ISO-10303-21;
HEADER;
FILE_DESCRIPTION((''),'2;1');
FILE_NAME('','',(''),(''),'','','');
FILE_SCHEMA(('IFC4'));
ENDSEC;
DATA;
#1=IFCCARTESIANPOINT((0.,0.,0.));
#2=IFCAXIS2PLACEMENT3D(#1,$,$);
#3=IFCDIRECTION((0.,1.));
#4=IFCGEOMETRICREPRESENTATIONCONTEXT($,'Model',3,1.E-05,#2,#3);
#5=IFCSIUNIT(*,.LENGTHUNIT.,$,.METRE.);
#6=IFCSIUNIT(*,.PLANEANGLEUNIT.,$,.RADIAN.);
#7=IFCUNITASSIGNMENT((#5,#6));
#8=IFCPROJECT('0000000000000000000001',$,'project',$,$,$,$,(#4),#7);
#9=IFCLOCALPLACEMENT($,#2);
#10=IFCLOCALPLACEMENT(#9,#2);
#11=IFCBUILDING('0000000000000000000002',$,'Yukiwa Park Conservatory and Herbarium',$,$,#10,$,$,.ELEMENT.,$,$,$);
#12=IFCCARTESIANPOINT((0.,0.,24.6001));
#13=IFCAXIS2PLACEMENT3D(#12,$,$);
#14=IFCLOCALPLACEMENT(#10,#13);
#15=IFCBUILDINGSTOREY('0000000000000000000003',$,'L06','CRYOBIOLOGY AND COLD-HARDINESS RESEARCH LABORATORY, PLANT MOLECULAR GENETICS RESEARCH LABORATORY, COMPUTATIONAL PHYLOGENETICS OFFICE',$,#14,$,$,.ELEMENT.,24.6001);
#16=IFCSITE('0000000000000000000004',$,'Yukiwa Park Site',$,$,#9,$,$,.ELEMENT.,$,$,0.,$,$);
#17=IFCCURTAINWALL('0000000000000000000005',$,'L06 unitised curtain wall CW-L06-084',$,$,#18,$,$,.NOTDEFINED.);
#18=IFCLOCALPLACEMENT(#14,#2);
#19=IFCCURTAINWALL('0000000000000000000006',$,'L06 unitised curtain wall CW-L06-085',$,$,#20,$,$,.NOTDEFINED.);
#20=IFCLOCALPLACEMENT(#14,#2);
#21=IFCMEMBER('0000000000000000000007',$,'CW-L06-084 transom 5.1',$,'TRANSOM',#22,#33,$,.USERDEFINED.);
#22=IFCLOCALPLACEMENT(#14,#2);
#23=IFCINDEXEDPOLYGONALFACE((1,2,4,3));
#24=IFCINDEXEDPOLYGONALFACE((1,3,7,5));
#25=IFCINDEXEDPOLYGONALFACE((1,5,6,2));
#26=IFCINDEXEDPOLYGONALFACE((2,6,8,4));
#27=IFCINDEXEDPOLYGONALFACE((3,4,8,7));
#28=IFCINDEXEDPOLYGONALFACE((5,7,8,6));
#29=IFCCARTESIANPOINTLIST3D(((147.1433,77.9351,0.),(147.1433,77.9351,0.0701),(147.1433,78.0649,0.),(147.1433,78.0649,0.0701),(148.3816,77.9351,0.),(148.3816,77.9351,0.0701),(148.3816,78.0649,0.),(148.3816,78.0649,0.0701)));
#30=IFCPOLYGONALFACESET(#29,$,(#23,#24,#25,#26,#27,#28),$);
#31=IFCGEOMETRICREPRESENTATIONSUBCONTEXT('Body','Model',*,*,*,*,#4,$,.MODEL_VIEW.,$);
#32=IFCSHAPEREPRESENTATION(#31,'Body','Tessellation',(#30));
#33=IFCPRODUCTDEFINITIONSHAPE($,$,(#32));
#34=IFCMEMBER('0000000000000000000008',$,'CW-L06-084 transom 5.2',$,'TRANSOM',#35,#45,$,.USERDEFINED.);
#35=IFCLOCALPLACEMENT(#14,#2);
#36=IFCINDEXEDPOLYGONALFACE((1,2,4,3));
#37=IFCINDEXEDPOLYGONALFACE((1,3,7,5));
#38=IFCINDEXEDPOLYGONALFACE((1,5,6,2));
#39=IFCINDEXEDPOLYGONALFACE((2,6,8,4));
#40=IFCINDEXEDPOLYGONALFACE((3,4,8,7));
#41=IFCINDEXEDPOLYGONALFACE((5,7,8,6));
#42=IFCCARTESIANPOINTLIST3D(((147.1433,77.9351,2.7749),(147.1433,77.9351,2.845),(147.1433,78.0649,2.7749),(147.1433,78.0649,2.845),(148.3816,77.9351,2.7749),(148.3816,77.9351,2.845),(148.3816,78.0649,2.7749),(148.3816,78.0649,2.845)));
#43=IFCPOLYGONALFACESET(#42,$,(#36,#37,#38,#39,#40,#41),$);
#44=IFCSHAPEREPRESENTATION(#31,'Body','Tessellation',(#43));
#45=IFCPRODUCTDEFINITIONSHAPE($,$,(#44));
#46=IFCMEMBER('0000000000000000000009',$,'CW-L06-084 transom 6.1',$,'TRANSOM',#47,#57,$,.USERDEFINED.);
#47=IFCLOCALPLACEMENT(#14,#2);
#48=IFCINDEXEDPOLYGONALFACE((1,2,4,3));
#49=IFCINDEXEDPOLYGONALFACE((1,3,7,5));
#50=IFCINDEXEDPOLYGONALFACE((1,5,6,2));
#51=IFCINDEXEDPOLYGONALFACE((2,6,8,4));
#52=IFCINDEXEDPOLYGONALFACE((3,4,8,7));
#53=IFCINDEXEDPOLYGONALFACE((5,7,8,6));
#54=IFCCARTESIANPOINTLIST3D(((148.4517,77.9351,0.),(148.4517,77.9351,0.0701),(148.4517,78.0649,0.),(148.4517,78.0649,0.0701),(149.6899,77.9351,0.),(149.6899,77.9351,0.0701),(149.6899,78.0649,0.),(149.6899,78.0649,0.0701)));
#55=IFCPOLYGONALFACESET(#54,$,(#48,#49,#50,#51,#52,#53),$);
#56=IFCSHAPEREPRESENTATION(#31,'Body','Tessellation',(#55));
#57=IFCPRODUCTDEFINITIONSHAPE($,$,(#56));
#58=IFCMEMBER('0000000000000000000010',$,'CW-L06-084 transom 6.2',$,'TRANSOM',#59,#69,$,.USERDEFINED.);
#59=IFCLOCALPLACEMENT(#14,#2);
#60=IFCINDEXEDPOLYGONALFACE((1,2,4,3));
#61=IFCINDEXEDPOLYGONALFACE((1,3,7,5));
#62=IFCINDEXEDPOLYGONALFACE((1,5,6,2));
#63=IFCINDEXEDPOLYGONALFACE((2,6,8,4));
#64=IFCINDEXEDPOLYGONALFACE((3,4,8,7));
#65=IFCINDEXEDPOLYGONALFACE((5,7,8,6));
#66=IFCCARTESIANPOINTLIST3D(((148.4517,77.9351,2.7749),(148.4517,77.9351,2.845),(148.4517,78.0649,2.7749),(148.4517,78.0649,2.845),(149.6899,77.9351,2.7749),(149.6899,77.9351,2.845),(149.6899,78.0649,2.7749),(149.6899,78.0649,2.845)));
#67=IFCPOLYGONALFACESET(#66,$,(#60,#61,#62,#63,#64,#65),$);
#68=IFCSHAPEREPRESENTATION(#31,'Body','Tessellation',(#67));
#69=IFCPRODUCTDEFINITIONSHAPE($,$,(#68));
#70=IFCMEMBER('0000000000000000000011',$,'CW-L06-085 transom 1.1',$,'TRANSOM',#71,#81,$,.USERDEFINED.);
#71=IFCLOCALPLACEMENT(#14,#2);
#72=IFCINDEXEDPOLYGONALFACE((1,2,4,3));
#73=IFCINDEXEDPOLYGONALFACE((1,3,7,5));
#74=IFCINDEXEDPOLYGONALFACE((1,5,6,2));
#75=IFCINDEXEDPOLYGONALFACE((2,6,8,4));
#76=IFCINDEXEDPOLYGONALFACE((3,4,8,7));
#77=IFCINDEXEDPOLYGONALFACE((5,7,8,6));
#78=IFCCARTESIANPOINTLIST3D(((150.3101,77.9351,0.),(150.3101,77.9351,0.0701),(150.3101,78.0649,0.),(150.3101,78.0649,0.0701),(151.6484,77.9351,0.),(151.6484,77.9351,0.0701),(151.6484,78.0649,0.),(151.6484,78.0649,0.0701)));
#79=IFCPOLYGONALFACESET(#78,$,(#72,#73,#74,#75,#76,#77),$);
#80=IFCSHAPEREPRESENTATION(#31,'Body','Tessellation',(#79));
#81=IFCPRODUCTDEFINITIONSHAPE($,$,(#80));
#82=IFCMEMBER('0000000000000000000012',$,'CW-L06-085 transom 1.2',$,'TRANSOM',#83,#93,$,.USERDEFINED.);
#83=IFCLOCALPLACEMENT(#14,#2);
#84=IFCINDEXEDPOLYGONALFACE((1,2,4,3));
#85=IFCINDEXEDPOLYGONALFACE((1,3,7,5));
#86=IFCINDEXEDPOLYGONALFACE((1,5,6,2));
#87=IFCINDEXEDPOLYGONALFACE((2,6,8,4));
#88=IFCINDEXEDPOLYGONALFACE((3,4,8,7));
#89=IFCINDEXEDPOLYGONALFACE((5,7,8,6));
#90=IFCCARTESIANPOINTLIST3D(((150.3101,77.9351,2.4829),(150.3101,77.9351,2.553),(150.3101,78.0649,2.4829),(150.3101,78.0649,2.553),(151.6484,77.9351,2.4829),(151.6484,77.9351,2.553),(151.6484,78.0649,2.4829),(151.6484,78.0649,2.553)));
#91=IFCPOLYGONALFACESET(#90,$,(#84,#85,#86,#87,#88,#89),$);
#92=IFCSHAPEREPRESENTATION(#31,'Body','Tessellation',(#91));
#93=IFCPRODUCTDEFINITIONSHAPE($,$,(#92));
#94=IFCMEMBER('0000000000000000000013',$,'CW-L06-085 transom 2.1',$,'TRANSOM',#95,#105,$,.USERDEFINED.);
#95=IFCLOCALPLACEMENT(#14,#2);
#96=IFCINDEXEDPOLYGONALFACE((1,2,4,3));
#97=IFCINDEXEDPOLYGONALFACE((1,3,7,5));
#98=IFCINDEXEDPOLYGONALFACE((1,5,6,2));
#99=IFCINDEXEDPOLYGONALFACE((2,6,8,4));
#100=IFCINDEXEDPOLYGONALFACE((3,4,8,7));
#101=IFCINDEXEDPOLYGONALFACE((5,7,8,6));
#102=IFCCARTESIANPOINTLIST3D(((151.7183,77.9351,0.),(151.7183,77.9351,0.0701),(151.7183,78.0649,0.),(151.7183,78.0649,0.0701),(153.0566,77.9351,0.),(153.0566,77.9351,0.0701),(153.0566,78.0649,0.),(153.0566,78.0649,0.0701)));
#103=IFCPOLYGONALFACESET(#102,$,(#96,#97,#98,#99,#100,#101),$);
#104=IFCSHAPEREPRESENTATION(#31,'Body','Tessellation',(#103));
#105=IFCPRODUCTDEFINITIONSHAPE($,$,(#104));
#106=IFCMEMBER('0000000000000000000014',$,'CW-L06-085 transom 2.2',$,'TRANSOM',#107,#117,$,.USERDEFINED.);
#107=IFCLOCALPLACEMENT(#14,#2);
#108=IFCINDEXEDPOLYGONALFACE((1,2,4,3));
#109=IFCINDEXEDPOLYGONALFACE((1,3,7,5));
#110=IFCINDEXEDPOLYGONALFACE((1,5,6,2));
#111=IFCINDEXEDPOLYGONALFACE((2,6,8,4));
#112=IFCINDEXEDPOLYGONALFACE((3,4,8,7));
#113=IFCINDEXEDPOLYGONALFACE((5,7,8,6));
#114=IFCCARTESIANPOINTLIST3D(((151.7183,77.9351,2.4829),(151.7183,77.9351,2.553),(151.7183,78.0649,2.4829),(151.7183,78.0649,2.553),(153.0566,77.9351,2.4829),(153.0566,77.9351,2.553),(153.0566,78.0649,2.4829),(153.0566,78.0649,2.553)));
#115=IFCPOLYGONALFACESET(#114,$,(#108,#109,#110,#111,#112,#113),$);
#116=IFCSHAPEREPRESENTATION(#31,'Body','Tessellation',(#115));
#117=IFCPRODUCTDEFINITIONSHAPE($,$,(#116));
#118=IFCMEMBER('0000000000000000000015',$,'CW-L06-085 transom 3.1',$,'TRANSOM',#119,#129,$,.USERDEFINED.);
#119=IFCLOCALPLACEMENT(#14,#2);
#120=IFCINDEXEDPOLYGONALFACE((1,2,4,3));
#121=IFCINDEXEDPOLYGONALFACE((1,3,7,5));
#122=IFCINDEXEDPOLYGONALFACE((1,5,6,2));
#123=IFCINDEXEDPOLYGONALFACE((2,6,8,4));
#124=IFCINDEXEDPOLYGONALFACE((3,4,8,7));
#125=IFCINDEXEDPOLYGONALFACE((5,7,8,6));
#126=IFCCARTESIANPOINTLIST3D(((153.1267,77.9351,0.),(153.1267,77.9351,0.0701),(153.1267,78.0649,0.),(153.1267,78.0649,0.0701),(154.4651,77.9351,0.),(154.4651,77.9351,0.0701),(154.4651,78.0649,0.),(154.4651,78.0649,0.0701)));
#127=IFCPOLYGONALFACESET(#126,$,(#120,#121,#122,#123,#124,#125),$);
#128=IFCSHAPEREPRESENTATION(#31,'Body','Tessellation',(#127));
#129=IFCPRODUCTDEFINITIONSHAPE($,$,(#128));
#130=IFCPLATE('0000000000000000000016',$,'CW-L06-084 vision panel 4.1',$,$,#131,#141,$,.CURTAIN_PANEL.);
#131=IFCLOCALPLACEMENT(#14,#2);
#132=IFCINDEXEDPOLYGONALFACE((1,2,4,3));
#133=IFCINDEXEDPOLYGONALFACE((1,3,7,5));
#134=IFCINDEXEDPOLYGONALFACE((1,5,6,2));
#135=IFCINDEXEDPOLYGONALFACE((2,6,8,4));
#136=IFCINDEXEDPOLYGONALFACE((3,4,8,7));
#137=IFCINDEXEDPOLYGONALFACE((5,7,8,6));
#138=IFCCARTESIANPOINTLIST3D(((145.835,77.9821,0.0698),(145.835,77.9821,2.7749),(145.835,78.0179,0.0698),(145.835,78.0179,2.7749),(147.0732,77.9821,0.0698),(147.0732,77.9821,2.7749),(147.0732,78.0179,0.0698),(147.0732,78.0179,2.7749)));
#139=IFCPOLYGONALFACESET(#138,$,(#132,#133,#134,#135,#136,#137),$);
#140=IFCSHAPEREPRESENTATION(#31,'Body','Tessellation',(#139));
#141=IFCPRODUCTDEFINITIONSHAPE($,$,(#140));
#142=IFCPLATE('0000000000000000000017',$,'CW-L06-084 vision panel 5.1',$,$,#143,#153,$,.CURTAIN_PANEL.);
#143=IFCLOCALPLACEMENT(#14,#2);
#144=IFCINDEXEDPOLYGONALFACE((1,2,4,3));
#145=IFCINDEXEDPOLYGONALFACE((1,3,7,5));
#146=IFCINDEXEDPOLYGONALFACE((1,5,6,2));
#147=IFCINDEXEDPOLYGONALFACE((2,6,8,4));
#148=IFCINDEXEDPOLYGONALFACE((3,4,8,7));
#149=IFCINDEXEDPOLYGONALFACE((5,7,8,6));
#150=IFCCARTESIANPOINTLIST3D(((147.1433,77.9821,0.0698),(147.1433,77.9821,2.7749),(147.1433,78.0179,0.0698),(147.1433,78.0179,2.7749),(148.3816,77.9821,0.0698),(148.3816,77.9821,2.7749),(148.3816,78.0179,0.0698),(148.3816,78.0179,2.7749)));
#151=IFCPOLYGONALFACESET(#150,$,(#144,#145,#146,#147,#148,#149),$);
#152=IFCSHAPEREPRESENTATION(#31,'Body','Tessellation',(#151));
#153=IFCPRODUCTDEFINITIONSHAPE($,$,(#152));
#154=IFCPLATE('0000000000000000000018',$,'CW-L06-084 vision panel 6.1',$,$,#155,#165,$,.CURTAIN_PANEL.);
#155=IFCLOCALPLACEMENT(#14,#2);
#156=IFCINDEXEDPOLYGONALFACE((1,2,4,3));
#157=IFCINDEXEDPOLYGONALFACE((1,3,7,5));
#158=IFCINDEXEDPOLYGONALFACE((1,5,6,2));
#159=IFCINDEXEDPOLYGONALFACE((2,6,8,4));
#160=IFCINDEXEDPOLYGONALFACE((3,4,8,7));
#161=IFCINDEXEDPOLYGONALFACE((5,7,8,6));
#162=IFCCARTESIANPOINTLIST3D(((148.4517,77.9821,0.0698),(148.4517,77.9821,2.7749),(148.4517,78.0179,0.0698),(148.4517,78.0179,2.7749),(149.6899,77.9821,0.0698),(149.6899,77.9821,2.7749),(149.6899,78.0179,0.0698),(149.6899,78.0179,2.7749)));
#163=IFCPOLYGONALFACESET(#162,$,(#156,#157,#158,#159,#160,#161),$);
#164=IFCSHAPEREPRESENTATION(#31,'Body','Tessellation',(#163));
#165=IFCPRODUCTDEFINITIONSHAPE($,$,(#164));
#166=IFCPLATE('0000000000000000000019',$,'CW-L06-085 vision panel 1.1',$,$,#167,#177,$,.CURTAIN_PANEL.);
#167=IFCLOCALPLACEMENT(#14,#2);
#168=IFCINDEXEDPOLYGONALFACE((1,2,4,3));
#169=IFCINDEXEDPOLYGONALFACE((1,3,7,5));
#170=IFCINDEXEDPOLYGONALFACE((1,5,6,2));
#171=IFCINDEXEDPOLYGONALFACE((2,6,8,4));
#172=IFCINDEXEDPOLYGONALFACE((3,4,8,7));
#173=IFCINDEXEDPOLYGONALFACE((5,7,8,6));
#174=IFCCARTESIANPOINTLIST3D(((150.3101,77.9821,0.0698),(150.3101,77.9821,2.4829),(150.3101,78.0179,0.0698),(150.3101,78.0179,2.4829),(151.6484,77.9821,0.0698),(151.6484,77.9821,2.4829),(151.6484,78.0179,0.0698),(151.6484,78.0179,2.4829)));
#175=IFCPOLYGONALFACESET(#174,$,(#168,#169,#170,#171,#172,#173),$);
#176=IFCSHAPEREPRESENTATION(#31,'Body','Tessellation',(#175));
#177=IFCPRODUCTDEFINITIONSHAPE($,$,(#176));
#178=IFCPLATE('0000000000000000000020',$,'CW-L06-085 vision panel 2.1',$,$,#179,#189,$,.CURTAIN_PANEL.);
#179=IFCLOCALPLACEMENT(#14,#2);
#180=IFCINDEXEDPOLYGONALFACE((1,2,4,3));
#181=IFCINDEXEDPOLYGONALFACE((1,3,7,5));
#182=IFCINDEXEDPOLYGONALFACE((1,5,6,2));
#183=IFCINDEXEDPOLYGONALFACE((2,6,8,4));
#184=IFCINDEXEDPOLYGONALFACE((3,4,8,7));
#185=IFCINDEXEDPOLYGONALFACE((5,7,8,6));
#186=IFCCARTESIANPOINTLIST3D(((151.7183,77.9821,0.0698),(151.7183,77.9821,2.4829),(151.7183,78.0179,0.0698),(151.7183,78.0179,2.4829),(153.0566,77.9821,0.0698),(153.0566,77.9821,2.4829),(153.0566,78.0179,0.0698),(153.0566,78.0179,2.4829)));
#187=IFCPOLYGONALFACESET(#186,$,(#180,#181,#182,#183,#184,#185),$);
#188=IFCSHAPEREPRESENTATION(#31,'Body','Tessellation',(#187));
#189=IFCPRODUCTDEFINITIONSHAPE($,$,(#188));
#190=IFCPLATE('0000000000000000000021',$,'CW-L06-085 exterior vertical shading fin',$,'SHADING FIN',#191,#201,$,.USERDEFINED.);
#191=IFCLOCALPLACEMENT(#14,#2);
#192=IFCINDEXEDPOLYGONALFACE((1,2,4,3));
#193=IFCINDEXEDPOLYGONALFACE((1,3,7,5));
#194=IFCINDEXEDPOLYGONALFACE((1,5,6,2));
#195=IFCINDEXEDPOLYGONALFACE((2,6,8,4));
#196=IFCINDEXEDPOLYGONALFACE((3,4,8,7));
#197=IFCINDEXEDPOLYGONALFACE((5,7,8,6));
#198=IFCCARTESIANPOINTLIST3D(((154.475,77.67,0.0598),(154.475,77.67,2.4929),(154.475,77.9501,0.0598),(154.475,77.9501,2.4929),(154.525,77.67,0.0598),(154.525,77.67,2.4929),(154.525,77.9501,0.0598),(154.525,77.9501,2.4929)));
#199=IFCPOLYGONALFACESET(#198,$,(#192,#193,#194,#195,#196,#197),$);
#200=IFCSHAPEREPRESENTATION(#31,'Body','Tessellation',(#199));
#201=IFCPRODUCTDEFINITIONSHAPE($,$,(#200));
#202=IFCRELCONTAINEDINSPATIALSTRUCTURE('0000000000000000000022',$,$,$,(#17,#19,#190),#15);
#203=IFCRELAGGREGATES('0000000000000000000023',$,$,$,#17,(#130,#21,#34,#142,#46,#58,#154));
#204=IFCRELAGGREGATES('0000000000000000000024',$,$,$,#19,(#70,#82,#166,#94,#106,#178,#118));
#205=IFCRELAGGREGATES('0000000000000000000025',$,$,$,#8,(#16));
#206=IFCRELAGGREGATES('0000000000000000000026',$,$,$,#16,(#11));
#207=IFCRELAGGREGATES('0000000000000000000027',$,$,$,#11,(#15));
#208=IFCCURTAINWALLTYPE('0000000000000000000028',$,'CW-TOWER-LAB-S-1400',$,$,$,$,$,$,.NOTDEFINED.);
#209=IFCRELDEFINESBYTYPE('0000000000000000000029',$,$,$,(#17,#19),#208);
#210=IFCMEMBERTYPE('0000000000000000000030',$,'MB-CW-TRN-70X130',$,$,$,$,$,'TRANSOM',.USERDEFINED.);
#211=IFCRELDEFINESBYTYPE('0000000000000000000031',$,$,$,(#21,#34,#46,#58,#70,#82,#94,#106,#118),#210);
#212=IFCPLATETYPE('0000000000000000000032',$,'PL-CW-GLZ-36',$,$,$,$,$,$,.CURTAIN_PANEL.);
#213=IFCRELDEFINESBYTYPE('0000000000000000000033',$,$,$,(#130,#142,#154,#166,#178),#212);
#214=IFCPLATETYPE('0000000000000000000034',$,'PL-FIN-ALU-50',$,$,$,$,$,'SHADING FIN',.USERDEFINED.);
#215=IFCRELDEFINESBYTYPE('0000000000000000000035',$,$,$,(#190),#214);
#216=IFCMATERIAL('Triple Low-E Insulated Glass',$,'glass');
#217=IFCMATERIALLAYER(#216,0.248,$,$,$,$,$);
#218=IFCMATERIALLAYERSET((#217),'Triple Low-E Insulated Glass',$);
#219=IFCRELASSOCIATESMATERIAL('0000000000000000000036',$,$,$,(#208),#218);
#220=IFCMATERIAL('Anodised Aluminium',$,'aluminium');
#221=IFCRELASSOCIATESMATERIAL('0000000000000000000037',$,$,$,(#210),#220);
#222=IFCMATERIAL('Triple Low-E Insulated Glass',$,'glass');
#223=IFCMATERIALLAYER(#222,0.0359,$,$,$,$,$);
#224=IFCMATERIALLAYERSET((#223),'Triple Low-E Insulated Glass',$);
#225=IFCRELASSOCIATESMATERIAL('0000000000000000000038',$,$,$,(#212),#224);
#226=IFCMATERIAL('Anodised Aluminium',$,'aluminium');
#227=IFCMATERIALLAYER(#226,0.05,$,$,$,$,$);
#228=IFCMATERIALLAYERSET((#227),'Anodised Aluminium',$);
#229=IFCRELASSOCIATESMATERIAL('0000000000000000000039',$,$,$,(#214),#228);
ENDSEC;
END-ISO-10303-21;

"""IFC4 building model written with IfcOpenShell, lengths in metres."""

from ifc_helpers import new_model, si_unit, direction, frame, origin, origin_2d, place, context, subcontext, project, spatial, rectangle, extrude, material, layer, layer_set, type_object, element, aggregate, save


model = new_model("IFC4")

# Units and contexts
model_context = context("Model", 3, precision=1e-05, world=origin(), true_north=direction((0.0, 1.0)))
body_context = subcontext(model_context, "Body", "Model", "MODEL_VIEW")
ifc_project = project(units=[si_unit("LENGTHUNIT", "METRE"), si_unit("PLANEANGLEUNIT", "RADIAN")], contexts=[model_context])

# Site, building, storey
site_placement = place(None, origin())
site = spatial("IfcSite", under=ifc_project, at=site_placement, Name="Yukiwa Park Site", CompositionType="ELEMENT", RefElevation=0.0)
building_placement = place(site_placement, origin())
building = spatial("IfcBuilding", under=site, at=building_placement, Name="Yukiwa Park Conservatory and Herbarium", CompositionType="ELEMENT")
storey_placement = place(building_placement, frame((0.0, 0.0, 24.6001)))
storey = spatial("IfcBuildingStorey", under=building, at=storey_placement, Name="L06", Description="CRYOBIOLOGY AND COLD-HARDINESS RESEARCH LABORATORY, PLANT MOLECULAR GENETICS RESEARCH LABORATORY, COMPUTATIONAL PHYLOGENETICS OFFICE", CompositionType="ELEMENT", Elevation=24.6001)

# Curtain walls
ifc_material_1 = material(Name="Triple Low-E Insulated Glass", Category="glass")
ifc_layer_1 = layer(ifc_material_1, 0.248)
ifc_layer_set_1 = layer_set([ifc_layer_1], Name="Triple Low-E Insulated Glass")
curtain_wall_type = type_object("IfcCurtainWallType", Name="CW-TOWER-LAB-S-1400", PredefinedType="NOTDEFINED", material=ifc_layer_set_1)
curtain_wall_1_placement = place(storey_placement, origin())
curtain_wall_1 = element("IfcCurtainWall", 1, at=curtain_wall_1_placement, inside=storey, type_object=curtain_wall_type, Name="L06 unitised curtain wall CW-L06-084", PredefinedType="NOTDEFINED")
curtain_wall_2_placement = place(storey_placement, origin())
curtain_wall_2 = element("IfcCurtainWall", 2, at=curtain_wall_2_placement, inside=storey, type_object=curtain_wall_type, Name="L06 unitised curtain wall CW-L06-085", PredefinedType="NOTDEFINED")

# Members
ifc_material_2 = material(Name="Anodised Aluminium", Category="aluminium")
member_type_1 = type_object("IfcMemberType", Name="MB-CW-TRN-70X130", ElementType="TRANSOM", PredefinedType="USERDEFINED", material=ifc_material_2)
member_1_placement = place(storey_placement, frame((147.7625, 78.0, 0.0), z_axis=(0.0, 0.0, 1.0), x_axis=(1.0, 0.0, 0.0)))
member_1 = element("IfcMember", 3, at=member_1_placement, type_object=member_type_1, Name="CW-L06-084 transom 5.1", ObjectType="TRANSOM", PredefinedType="USERDEFINED", context=body_context, shape_type="SweptSolid", body=[
    extrude(rectangle(XDim=1.2383, YDim=0.1299, at=origin_2d()), origin(), (0.0, 0.0, 1.0), 0.0701),
])
member_2_placement = place(storey_placement, frame((147.7625, 78.0, 2.7749), z_axis=(0.0, 0.0, 1.0), x_axis=(1.0, 0.0, 0.0)))
member_2 = element("IfcMember", 4, at=member_2_placement, type_object=member_type_1, Name="CW-L06-084 transom 5.2", ObjectType="TRANSOM", PredefinedType="USERDEFINED", context=body_context, shape_type="SweptSolid", body=[
    extrude(rectangle(XDim=1.2383, YDim=0.1299, at=origin_2d()), origin(), (0.0, 0.0, 1.0), 0.0701),
])
member_3_placement = place(storey_placement, frame((149.0708, 78.0, 0.0), z_axis=(0.0, 0.0, 1.0), x_axis=(1.0, 0.0, 0.0)))
member_3 = element("IfcMember", 5, at=member_3_placement, type_object=member_type_1, Name="CW-L06-084 transom 6.1", ObjectType="TRANSOM", PredefinedType="USERDEFINED", context=body_context, shape_type="SweptSolid", body=[
    extrude(rectangle(XDim=1.2383, YDim=0.1299, at=origin_2d()), origin(), (0.0, 0.0, 1.0), 0.0701),
])
member_4_placement = place(storey_placement, frame((149.0708, 78.0, 2.7749), z_axis=(0.0, 0.0, 1.0), x_axis=(1.0, 0.0, 0.0)))
member_4 = element("IfcMember", 6, at=member_4_placement, type_object=member_type_1, Name="CW-L06-084 transom 6.2", ObjectType="TRANSOM", PredefinedType="USERDEFINED", context=body_context, shape_type="SweptSolid", body=[
    extrude(rectangle(XDim=1.2383, YDim=0.1299, at=origin_2d()), origin(), (0.0, 0.0, 1.0), 0.0701),
])
member_5_placement = place(storey_placement, frame((150.9792, 78.0, 0.0), z_axis=(0.0, 0.0, 1.0), x_axis=(1.0, 0.0, 0.0)))
member_5 = element("IfcMember", 7, at=member_5_placement, type_object=member_type_1, Name="CW-L06-085 transom 1.1", ObjectType="TRANSOM", PredefinedType="USERDEFINED", context=body_context, shape_type="SweptSolid", body=[
    extrude(rectangle(XDim=1.3384, YDim=0.1299, at=origin_2d()), origin(), (0.0, 0.0, 1.0), 0.0701),
])
member_6_placement = place(storey_placement, frame((150.9792, 78.0, 2.4829), z_axis=(0.0, 0.0, 1.0), x_axis=(1.0, 0.0, 0.0)))
member_6 = element("IfcMember", 8, at=member_6_placement, type_object=member_type_1, Name="CW-L06-085 transom 1.2", ObjectType="TRANSOM", PredefinedType="USERDEFINED", context=body_context, shape_type="SweptSolid", body=[
    extrude(rectangle(XDim=1.3384, YDim=0.1299, at=origin_2d()), origin(), (0.0, 0.0, 1.0), 0.0701),
])
member_7_placement = place(storey_placement, frame((152.3875, 78.0, 0.0), z_axis=(0.0, 0.0, 1.0), x_axis=(1.0, 0.0, 0.0)))
member_7 = element("IfcMember", 9, at=member_7_placement, type_object=member_type_1, Name="CW-L06-085 transom 2.1", ObjectType="TRANSOM", PredefinedType="USERDEFINED", context=body_context, shape_type="SweptSolid", body=[
    extrude(rectangle(XDim=1.3384, YDim=0.1299, at=origin_2d()), origin(), (0.0, 0.0, 1.0), 0.0701),
])
member_8_placement = place(storey_placement, frame((152.3875, 78.0, 2.4829), z_axis=(0.0, 0.0, 1.0), x_axis=(1.0, 0.0, 0.0)))
member_8 = element("IfcMember", 10, at=member_8_placement, type_object=member_type_1, Name="CW-L06-085 transom 2.2", ObjectType="TRANSOM", PredefinedType="USERDEFINED", context=body_context, shape_type="SweptSolid", body=[
    extrude(rectangle(XDim=1.3384, YDim=0.1299, at=origin_2d()), origin(), (0.0, 0.0, 1.0), 0.0701),
])
member_9_placement = place(storey_placement, frame((153.7959, 78.0, 0.0), z_axis=(0.0, 0.0, 1.0), x_axis=(1.0, 0.0, 0.0)))
member_9 = element("IfcMember", 11, at=member_9_placement, type_object=member_type_1, Name="CW-L06-085 transom 3.1", ObjectType="TRANSOM", PredefinedType="USERDEFINED", context=body_context, shape_type="SweptSolid", body=[
    extrude(rectangle(XDim=1.3384, YDim=0.1299, at=origin_2d()), origin(), (0.0, 0.0, 1.0), 0.0701),
])

# Plates
ifc_material_3 = material(Name="Triple Low-E Insulated Glass", Category="glass")
ifc_layer_2 = layer(ifc_material_3, 0.0359)
ifc_layer_set_2 = layer_set([ifc_layer_2], Name="Triple Low-E Insulated Glass")
plate_type_1 = type_object("IfcPlateType", Name="PL-CW-GLZ-36", PredefinedType="CURTAIN_PANEL", material=ifc_layer_set_2)
plate_1_placement = place(storey_placement, frame((146.4541, 78.0, 0.0698), z_axis=(0.0, 0.0, 1.0), x_axis=(1.0, 0.0, 0.0)))
plate_1 = element("IfcPlate", 12, at=plate_1_placement, type_object=plate_type_1, Name="CW-L06-084 vision panel 4.1", PredefinedType="CURTAIN_PANEL", context=body_context, shape_type="SweptSolid", body=[
    extrude(rectangle(XDim=1.2383, YDim=0.0359, at=origin_2d()), origin(), (0.0, 0.0, 1.0), 2.7051),
])
plate_2_placement = place(storey_placement, frame((147.7625, 78.0, 0.0698), z_axis=(0.0, 0.0, 1.0), x_axis=(1.0, 0.0, 0.0)))
plate_2 = element("IfcPlate", 13, at=plate_2_placement, type_object=plate_type_1, Name="CW-L06-084 vision panel 5.1", PredefinedType="CURTAIN_PANEL", context=body_context, shape_type="SweptSolid", body=[
    extrude(rectangle(XDim=1.2383, YDim=0.0359, at=origin_2d()), origin(), (0.0, 0.0, 1.0), 2.7051),
])
plate_3_placement = place(storey_placement, frame((149.0708, 78.0, 0.0698), z_axis=(0.0, 0.0, 1.0), x_axis=(1.0, 0.0, 0.0)))
plate_3 = element("IfcPlate", 14, at=plate_3_placement, type_object=plate_type_1, Name="CW-L06-084 vision panel 6.1", PredefinedType="CURTAIN_PANEL", context=body_context, shape_type="SweptSolid", body=[
    extrude(rectangle(XDim=1.2383, YDim=0.0359, at=origin_2d()), origin(), (0.0, 0.0, 1.0), 2.7051),
])
aggregate(curtain_wall_1, [plate_1, member_1, member_2, plate_2, member_3, member_4, plate_3])
plate_4_placement = place(storey_placement, frame((150.9792, 78.0, 0.0698), z_axis=(0.0, 0.0, 1.0), x_axis=(1.0, 0.0, 0.0)))
plate_4 = element("IfcPlate", 15, at=plate_4_placement, type_object=plate_type_1, Name="CW-L06-085 vision panel 1.1", PredefinedType="CURTAIN_PANEL", context=body_context, shape_type="SweptSolid", body=[
    extrude(rectangle(XDim=1.3384, YDim=0.0359, at=origin_2d()), origin(), (0.0, 0.0, 1.0), 2.4131),
])
plate_5_placement = place(storey_placement, frame((152.3875, 78.0, 0.0698), z_axis=(0.0, 0.0, 1.0), x_axis=(1.0, 0.0, 0.0)))
plate_5 = element("IfcPlate", 16, at=plate_5_placement, type_object=plate_type_1, Name="CW-L06-085 vision panel 2.1", PredefinedType="CURTAIN_PANEL", context=body_context, shape_type="SweptSolid", body=[
    extrude(rectangle(XDim=1.3384, YDim=0.0359, at=origin_2d()), origin(), (0.0, 0.0, 1.0), 2.4131),
])
aggregate(curtain_wall_2, [member_5, member_6, plate_4, member_7, member_8, plate_5, member_9])
ifc_material_4 = material(Name="Anodised Aluminium", Category="aluminium")
ifc_layer_3 = layer(ifc_material_4, 0.05)
ifc_layer_set_3 = layer_set([ifc_layer_3], Name="Anodised Aluminium")
plate_type_2 = type_object("IfcPlateType", Name="PL-FIN-ALU-50", ElementType="SHADING FIN", PredefinedType="USERDEFINED", material=ifc_layer_set_3)
plate_6_placement = place(storey_placement, frame((154.5, 77.8101, 0.0598), z_axis=(0.0, 0.0, 1.0), x_axis=(1.0, 0.0, 0.0)))
element("IfcPlate", 17, at=plate_6_placement, inside=storey, type_object=plate_type_2, Name="CW-L06-085 exterior vertical shading fin", ObjectType="SHADING FIN", PredefinedType="USERDEFINED", context=body_context, shape_type="SweptSolid", body=[
    extrude(rectangle(XDim=0.05, YDim=0.28, at=origin_2d()), origin(), (0.0, 0.0, 1.0), 2.4331),
])

save(model, "model.ifc")
